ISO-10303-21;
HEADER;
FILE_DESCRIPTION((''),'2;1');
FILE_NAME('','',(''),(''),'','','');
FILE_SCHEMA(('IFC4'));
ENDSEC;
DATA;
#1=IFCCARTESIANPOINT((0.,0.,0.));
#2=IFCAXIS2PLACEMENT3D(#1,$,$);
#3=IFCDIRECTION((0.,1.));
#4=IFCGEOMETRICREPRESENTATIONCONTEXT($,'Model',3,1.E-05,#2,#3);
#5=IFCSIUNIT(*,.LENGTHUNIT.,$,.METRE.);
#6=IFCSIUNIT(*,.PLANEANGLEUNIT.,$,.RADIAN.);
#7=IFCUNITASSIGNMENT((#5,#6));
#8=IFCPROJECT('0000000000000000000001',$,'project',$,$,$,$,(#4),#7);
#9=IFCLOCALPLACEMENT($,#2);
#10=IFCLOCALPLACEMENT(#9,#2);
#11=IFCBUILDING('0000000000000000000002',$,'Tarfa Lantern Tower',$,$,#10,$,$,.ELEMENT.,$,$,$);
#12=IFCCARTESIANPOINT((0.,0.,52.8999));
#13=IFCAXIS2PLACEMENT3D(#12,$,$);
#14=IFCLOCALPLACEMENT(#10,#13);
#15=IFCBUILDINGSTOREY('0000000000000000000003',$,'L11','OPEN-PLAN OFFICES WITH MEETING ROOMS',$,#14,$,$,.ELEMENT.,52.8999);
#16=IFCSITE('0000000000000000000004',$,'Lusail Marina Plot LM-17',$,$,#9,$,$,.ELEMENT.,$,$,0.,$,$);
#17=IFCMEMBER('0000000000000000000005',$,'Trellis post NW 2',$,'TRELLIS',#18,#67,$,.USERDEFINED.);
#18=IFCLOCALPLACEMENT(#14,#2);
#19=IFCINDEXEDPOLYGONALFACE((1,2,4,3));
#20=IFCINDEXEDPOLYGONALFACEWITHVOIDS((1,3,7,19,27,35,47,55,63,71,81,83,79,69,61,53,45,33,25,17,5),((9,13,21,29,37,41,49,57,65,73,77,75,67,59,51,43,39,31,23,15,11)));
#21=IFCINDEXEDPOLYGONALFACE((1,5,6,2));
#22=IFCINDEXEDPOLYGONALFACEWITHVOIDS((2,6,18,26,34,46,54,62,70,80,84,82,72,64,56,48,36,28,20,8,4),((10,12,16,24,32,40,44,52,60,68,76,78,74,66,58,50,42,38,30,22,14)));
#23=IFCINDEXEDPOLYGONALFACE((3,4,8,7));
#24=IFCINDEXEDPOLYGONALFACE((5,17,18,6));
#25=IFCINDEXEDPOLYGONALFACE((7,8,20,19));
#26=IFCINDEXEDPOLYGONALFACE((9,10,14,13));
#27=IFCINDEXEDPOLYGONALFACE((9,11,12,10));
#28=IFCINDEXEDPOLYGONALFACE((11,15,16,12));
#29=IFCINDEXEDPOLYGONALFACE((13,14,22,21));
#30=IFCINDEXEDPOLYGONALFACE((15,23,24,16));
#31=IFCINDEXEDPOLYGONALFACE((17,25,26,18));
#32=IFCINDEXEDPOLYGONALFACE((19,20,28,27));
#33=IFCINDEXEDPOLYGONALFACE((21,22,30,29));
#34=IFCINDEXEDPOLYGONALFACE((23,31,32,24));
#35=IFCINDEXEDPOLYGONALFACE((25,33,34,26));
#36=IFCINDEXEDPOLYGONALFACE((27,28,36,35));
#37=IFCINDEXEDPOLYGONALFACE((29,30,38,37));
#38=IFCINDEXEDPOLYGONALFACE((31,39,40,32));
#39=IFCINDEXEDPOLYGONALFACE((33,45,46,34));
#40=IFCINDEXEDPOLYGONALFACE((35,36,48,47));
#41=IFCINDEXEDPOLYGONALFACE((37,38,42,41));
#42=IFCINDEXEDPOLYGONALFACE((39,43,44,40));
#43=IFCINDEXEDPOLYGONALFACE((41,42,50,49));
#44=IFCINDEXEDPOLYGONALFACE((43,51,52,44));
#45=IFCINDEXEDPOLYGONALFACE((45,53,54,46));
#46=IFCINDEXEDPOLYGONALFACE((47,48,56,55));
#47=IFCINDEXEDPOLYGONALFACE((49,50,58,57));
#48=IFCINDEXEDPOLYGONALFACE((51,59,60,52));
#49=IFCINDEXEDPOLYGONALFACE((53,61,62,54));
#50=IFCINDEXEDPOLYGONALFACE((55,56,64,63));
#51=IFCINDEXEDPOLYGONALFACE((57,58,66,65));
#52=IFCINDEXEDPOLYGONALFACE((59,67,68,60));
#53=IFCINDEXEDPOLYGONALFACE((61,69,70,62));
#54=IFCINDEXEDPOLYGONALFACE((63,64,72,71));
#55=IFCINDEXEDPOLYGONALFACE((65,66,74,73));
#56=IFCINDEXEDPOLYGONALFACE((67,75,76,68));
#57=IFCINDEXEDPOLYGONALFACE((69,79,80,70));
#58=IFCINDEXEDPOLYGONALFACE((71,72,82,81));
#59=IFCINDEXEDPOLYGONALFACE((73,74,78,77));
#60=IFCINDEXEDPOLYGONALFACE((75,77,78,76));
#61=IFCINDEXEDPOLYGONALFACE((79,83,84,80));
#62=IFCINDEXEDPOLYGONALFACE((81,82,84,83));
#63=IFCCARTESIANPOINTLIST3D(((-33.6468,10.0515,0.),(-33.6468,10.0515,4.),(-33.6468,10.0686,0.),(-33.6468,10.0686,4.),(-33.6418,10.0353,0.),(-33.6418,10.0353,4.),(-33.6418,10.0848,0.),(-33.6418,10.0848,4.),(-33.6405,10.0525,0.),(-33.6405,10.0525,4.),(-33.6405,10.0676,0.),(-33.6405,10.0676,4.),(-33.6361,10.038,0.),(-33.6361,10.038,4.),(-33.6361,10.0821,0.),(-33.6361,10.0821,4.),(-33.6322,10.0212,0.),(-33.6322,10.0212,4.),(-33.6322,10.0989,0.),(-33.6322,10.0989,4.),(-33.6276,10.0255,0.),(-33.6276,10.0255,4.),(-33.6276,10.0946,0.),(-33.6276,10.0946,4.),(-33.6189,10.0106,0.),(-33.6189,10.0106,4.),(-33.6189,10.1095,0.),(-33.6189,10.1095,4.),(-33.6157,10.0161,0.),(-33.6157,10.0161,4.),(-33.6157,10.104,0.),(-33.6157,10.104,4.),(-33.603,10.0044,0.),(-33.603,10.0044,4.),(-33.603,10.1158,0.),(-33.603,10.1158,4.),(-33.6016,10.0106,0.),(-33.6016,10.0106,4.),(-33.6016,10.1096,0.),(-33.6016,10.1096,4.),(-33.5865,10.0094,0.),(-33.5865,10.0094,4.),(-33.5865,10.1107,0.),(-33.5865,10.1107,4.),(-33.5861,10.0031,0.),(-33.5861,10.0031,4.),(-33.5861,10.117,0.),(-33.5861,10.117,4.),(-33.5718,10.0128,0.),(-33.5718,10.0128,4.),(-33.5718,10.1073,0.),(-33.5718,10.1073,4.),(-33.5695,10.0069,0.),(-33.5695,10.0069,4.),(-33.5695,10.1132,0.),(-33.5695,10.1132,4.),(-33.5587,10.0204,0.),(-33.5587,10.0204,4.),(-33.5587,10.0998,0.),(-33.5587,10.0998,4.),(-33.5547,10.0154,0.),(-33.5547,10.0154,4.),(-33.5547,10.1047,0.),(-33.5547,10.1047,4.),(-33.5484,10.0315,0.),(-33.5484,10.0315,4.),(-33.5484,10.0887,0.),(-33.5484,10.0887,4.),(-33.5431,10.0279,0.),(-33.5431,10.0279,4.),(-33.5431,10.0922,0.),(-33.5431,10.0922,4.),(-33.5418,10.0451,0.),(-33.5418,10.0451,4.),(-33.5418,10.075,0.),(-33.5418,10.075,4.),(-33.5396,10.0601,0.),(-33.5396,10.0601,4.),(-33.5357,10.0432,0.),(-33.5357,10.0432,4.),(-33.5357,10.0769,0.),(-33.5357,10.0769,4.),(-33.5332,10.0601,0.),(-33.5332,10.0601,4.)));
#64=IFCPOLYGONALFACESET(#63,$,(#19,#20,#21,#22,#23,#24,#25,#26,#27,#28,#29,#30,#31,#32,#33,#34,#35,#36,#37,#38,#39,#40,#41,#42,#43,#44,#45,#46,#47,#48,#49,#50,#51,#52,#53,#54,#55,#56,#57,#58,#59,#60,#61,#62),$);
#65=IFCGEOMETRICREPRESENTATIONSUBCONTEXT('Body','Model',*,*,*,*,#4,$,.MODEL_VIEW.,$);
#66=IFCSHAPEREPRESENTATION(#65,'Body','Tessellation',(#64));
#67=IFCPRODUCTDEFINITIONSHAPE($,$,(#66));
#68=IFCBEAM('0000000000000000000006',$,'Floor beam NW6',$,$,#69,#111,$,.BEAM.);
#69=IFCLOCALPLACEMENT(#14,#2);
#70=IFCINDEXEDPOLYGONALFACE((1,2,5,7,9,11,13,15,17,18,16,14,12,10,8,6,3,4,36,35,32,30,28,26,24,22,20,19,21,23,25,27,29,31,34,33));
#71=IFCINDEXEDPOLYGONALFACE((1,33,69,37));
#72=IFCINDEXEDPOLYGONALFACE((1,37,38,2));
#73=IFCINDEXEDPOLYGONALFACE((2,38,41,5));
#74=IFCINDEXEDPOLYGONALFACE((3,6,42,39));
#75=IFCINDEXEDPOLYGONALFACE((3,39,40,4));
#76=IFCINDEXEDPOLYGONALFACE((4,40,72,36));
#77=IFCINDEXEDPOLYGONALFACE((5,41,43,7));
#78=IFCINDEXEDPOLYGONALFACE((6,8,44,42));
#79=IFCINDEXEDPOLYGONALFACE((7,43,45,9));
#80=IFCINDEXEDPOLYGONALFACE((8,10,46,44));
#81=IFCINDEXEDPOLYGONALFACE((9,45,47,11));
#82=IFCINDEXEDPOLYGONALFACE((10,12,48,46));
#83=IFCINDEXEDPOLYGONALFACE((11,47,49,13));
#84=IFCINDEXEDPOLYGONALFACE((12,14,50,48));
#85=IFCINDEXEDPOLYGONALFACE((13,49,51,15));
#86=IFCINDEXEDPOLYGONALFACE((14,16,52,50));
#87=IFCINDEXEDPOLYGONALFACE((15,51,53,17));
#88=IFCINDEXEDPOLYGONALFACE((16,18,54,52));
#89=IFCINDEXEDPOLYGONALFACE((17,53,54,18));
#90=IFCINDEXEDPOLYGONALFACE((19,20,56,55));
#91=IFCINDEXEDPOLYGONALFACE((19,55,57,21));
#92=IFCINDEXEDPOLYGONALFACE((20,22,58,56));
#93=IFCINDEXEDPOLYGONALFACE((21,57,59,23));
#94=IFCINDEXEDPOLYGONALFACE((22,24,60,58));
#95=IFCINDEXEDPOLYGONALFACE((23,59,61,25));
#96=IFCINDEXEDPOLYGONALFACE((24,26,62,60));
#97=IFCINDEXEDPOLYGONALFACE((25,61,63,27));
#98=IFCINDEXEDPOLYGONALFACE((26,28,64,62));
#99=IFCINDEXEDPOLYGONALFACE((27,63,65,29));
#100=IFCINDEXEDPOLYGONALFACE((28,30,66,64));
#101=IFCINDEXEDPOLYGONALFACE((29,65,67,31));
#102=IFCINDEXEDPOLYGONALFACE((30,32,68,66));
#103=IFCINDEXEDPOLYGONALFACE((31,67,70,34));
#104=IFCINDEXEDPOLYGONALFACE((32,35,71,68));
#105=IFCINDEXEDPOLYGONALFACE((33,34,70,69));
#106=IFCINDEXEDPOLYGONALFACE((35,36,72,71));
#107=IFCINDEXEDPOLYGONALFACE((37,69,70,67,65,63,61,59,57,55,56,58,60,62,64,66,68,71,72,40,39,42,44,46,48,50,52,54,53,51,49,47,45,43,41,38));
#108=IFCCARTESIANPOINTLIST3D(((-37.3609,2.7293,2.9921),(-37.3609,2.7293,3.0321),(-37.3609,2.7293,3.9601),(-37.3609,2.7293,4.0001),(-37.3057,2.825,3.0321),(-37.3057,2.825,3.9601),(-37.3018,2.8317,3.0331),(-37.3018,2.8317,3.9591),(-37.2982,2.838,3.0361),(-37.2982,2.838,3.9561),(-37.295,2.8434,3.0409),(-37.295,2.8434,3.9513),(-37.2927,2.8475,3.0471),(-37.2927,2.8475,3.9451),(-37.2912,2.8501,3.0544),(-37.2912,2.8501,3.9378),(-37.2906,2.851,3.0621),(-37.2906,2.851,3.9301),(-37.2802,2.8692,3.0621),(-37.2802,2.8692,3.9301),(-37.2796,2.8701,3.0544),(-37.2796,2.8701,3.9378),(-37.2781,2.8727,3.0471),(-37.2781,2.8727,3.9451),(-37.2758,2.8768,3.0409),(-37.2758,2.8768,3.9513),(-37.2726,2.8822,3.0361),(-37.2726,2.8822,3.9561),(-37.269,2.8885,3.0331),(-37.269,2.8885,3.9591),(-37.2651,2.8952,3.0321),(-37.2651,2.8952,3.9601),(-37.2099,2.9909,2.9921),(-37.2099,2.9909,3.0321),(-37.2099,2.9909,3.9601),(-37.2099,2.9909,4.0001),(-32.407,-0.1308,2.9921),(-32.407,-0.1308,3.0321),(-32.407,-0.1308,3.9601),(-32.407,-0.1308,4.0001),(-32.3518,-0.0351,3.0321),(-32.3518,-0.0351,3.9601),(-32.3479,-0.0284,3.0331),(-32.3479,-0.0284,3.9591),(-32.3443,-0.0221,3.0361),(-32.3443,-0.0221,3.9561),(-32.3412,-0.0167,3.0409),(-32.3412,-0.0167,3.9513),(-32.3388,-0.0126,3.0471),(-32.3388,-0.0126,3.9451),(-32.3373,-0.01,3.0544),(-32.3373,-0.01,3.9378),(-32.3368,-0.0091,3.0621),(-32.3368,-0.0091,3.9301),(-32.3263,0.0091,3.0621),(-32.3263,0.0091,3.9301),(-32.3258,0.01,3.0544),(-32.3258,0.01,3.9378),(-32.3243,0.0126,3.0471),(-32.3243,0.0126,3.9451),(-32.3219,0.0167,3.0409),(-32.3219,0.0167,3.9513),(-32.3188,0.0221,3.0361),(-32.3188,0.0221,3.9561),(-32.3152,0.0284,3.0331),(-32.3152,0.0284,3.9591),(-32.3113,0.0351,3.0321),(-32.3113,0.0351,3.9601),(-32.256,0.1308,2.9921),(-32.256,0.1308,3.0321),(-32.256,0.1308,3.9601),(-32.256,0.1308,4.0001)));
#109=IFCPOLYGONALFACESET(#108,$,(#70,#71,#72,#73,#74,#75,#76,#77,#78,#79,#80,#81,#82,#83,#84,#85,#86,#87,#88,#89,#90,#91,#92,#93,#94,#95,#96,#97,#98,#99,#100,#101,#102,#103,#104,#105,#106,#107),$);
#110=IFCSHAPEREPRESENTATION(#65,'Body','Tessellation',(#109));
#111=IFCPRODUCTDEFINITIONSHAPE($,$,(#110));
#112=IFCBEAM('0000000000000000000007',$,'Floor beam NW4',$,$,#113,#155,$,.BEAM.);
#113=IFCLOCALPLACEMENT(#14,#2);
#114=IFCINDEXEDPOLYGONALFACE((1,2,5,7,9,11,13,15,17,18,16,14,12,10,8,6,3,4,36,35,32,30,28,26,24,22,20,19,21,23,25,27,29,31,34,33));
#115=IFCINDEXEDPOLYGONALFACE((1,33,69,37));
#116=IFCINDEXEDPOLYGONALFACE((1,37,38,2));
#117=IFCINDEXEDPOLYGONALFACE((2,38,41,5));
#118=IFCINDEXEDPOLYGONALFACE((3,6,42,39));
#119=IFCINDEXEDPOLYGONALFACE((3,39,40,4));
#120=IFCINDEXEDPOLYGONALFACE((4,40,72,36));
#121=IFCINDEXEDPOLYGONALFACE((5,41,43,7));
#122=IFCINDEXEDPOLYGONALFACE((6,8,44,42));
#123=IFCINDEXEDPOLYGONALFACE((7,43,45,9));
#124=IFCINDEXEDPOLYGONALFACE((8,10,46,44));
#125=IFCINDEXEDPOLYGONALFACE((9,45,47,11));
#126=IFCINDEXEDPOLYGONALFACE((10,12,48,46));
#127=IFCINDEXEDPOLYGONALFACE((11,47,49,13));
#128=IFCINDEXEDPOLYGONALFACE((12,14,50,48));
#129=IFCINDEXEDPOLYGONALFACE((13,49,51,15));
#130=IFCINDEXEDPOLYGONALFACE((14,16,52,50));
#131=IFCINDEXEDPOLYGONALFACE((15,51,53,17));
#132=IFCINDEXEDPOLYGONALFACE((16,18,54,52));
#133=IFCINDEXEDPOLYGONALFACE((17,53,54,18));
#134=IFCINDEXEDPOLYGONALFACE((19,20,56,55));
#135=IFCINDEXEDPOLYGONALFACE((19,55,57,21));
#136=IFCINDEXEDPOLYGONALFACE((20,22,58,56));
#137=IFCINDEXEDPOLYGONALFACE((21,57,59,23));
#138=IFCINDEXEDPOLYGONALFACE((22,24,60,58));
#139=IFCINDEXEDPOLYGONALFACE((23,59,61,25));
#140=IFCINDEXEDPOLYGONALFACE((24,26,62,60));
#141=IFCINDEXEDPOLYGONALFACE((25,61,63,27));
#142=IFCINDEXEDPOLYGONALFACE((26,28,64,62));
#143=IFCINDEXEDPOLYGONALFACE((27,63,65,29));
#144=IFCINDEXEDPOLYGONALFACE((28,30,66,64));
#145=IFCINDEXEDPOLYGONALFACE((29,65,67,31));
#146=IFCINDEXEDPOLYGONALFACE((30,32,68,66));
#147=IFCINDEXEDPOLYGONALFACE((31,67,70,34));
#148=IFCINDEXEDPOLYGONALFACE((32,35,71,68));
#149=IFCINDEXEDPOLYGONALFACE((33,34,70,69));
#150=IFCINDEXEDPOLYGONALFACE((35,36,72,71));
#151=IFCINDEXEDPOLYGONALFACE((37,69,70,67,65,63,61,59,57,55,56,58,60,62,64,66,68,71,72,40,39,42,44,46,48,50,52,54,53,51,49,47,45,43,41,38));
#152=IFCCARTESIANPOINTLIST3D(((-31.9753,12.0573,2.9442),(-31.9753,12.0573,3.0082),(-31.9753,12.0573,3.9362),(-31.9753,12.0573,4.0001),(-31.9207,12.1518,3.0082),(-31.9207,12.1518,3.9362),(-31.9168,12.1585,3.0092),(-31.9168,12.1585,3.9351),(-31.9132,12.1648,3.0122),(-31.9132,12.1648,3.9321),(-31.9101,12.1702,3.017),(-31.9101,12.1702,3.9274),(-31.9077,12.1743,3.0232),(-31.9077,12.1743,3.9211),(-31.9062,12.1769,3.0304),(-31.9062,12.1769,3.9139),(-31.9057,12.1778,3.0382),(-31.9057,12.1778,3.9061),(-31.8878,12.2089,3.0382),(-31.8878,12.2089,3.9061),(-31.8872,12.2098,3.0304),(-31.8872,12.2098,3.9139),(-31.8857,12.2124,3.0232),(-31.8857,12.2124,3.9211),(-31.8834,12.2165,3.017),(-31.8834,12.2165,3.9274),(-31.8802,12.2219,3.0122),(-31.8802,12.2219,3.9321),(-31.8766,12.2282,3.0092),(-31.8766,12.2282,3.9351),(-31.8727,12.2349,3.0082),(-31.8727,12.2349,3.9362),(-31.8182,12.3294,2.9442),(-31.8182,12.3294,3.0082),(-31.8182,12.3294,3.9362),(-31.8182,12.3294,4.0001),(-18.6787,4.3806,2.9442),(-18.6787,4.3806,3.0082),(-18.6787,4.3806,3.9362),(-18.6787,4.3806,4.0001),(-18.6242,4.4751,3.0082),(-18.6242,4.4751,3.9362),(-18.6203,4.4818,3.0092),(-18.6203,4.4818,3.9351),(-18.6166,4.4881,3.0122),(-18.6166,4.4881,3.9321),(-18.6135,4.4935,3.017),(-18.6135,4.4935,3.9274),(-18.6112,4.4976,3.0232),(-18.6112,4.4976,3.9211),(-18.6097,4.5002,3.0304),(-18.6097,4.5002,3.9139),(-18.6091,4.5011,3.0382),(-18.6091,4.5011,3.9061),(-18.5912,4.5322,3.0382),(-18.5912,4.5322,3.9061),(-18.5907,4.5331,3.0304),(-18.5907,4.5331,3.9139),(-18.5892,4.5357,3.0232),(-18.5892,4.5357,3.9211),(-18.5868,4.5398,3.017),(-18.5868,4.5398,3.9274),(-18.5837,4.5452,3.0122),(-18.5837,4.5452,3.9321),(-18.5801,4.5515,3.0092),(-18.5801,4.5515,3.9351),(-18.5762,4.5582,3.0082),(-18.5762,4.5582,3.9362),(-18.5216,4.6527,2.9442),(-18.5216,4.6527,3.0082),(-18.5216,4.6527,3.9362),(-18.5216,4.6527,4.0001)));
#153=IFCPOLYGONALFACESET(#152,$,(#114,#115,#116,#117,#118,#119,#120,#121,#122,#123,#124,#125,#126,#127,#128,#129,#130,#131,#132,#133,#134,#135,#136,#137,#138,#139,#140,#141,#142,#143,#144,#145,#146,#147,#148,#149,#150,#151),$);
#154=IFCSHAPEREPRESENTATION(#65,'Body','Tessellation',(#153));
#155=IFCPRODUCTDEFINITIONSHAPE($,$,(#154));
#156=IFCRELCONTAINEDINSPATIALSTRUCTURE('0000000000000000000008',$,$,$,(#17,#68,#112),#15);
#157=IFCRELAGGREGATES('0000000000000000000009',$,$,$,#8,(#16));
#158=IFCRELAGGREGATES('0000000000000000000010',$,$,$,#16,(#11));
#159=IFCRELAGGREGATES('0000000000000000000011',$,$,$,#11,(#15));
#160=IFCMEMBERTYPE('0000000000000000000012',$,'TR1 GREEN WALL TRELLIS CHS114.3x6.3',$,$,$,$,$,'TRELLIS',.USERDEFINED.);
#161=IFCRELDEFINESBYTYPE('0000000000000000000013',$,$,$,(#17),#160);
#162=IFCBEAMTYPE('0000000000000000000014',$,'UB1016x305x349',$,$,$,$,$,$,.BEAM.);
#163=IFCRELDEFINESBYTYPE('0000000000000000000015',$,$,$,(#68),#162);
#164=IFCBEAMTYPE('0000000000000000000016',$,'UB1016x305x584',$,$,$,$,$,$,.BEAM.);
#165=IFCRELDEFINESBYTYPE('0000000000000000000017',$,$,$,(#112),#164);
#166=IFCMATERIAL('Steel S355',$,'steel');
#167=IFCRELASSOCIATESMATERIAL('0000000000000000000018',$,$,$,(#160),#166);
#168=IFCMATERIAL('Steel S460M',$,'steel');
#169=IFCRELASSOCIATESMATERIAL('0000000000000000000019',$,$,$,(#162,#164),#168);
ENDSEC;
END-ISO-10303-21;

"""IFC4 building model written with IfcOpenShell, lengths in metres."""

from ifc_helpers import new_model, si_unit, direction, frame, origin, origin_2d, place, context, subcontext, project, spatial, hollow_circle, i_section, extrude, material, material_profile, profile_set, type_object, element, save


model = new_model("IFC4")

# Units and contexts
model_context = context("Model", 3, precision=1e-05, world=origin(), true_north=direction((0.0, 1.0)))
body_context = subcontext(model_context, "Body", "Model", "MODEL_VIEW")
ifc_project = project(units=[si_unit("LENGTHUNIT", "METRE"), si_unit("PLANEANGLEUNIT", "RADIAN")], contexts=[model_context])

# Site, building, storey
site_placement = place(None, origin())
site = spatial("IfcSite", under=ifc_project, at=site_placement, Name="Lusail Marina Plot LM-17", CompositionType="ELEMENT", RefElevation=0.0)
building_placement = place(site_placement, origin())
building = spatial("IfcBuilding", under=site, at=building_placement, Name="Tarfa Lantern Tower", CompositionType="ELEMENT")
storey_placement = place(building_placement, frame((0.0, 0.0, 52.8999)))
storey = spatial("IfcBuildingStorey", under=building, at=storey_placement, Name="L11", Description="OPEN-PLAN OFFICES WITH MEETING ROOMS", CompositionType="ELEMENT", Elevation=52.8999)

# Member
ifc_material_1 = material(Name="Steel S355", Category="steel")
ifc_material_profile_1 = material_profile(ifc_material_1, hollow_circle(Radius=0.0571, WallThickness=0.0063, at=origin_2d()), Name="CHS114.3x6.3")
ifc_profile_set_1 = profile_set([ifc_material_profile_1], Name="Steel S355")
member_type_1 = type_object("IfcMemberType", Name="TR1 GREEN WALL TRELLIS CHS114.3x6.3", ElementType="TRELLIS", PredefinedType="USERDEFINED", material=ifc_profile_set_1)
member_1_placement = place(storey_placement, frame((-33.5903, 10.0601, 0.0), z_axis=(0.0, 0.0, 1.0), x_axis=(1.0, 0.0, 0.0)))
element("IfcMember", 1, at=member_1_placement, inside=storey, type_object=member_type_1, Name="Trellis post NW 2", ObjectType="TRELLIS", PredefinedType="USERDEFINED", context=body_context, shape_type="SweptSolid", body=[
    extrude(hollow_circle(Radius=0.0571, WallThickness=0.0063, at=origin_2d()), origin(), (0.0, 0.0, 1.0), 4.0),
])

# Beams
ifc_material_2 = material(Name="Steel S460M", Category="steel")
ifc_material_profile_2 = material_profile(ifc_material_2, i_section(OverallWidth=0.302, OverallDepth=1.0081, WebThickness=0.021, FlangeThickness=0.04, FilletRadius=0.03, at=origin_2d()), Name="UB1016x305x349")
ifc_profile_set_2 = profile_set([ifc_material_profile_2], Name="Steel S460M")
beam_type_1 = type_object("IfcBeamType", Name="UB1016x305x349", PredefinedType="BEAM", material=ifc_profile_set_2)
beam_1_placement = place(storey_placement, frame((-37.2854, 2.8601, 3.4961), z_axis=(0.866026, -0.5, 0.0), x_axis=(0.5, 0.866026, 0.0)))
element("IfcBeam", 2, at=beam_1_placement, inside=storey, type_object=beam_type_1, Name="Floor beam NW6", PredefinedType="BEAM", context=body_context, shape_type="SweptSolid", body=[
    extrude(i_section(OverallWidth=0.302, OverallDepth=1.0081, WebThickness=0.021, FlangeThickness=0.04, FilletRadius=0.03, at=origin_2d()), origin(), (0.0, 0.0, 1.0), 5.7202),
])
ifc_material_profile_3 = material_profile(ifc_material_2, i_section(OverallWidth=0.3142, OverallDepth=1.0559, WebThickness=0.0359, FlangeThickness=0.064, FilletRadius=0.03, at=origin_2d()), Name="UB1016x305x584")
ifc_profile_set_3 = profile_set([ifc_material_profile_3], Name="Steel S460M")
beam_type_2 = type_object("IfcBeamType", Name="UB1016x305x584", PredefinedType="BEAM", material=ifc_profile_set_3)
beam_2_placement = place(storey_placement, frame((-31.8967, 12.1934, 3.4722), z_axis=(0.866027, -0.499997, 0.0), x_axis=(0.499997, 0.866027, 0.0)))
element("IfcBeam", 3, at=beam_2_placement, inside=storey, type_object=beam_type_2, Name="Floor beam NW4", PredefinedType="BEAM", context=body_context, shape_type="SweptSolid", body=[
    extrude(i_section(OverallWidth=0.3142, OverallDepth=1.0559, WebThickness=0.0359, FlangeThickness=0.064, FilletRadius=0.03, at=origin_2d()), origin(), (0.0, 0.0, 1.0), 15.3535),
])

save(model, "model.ifc")
